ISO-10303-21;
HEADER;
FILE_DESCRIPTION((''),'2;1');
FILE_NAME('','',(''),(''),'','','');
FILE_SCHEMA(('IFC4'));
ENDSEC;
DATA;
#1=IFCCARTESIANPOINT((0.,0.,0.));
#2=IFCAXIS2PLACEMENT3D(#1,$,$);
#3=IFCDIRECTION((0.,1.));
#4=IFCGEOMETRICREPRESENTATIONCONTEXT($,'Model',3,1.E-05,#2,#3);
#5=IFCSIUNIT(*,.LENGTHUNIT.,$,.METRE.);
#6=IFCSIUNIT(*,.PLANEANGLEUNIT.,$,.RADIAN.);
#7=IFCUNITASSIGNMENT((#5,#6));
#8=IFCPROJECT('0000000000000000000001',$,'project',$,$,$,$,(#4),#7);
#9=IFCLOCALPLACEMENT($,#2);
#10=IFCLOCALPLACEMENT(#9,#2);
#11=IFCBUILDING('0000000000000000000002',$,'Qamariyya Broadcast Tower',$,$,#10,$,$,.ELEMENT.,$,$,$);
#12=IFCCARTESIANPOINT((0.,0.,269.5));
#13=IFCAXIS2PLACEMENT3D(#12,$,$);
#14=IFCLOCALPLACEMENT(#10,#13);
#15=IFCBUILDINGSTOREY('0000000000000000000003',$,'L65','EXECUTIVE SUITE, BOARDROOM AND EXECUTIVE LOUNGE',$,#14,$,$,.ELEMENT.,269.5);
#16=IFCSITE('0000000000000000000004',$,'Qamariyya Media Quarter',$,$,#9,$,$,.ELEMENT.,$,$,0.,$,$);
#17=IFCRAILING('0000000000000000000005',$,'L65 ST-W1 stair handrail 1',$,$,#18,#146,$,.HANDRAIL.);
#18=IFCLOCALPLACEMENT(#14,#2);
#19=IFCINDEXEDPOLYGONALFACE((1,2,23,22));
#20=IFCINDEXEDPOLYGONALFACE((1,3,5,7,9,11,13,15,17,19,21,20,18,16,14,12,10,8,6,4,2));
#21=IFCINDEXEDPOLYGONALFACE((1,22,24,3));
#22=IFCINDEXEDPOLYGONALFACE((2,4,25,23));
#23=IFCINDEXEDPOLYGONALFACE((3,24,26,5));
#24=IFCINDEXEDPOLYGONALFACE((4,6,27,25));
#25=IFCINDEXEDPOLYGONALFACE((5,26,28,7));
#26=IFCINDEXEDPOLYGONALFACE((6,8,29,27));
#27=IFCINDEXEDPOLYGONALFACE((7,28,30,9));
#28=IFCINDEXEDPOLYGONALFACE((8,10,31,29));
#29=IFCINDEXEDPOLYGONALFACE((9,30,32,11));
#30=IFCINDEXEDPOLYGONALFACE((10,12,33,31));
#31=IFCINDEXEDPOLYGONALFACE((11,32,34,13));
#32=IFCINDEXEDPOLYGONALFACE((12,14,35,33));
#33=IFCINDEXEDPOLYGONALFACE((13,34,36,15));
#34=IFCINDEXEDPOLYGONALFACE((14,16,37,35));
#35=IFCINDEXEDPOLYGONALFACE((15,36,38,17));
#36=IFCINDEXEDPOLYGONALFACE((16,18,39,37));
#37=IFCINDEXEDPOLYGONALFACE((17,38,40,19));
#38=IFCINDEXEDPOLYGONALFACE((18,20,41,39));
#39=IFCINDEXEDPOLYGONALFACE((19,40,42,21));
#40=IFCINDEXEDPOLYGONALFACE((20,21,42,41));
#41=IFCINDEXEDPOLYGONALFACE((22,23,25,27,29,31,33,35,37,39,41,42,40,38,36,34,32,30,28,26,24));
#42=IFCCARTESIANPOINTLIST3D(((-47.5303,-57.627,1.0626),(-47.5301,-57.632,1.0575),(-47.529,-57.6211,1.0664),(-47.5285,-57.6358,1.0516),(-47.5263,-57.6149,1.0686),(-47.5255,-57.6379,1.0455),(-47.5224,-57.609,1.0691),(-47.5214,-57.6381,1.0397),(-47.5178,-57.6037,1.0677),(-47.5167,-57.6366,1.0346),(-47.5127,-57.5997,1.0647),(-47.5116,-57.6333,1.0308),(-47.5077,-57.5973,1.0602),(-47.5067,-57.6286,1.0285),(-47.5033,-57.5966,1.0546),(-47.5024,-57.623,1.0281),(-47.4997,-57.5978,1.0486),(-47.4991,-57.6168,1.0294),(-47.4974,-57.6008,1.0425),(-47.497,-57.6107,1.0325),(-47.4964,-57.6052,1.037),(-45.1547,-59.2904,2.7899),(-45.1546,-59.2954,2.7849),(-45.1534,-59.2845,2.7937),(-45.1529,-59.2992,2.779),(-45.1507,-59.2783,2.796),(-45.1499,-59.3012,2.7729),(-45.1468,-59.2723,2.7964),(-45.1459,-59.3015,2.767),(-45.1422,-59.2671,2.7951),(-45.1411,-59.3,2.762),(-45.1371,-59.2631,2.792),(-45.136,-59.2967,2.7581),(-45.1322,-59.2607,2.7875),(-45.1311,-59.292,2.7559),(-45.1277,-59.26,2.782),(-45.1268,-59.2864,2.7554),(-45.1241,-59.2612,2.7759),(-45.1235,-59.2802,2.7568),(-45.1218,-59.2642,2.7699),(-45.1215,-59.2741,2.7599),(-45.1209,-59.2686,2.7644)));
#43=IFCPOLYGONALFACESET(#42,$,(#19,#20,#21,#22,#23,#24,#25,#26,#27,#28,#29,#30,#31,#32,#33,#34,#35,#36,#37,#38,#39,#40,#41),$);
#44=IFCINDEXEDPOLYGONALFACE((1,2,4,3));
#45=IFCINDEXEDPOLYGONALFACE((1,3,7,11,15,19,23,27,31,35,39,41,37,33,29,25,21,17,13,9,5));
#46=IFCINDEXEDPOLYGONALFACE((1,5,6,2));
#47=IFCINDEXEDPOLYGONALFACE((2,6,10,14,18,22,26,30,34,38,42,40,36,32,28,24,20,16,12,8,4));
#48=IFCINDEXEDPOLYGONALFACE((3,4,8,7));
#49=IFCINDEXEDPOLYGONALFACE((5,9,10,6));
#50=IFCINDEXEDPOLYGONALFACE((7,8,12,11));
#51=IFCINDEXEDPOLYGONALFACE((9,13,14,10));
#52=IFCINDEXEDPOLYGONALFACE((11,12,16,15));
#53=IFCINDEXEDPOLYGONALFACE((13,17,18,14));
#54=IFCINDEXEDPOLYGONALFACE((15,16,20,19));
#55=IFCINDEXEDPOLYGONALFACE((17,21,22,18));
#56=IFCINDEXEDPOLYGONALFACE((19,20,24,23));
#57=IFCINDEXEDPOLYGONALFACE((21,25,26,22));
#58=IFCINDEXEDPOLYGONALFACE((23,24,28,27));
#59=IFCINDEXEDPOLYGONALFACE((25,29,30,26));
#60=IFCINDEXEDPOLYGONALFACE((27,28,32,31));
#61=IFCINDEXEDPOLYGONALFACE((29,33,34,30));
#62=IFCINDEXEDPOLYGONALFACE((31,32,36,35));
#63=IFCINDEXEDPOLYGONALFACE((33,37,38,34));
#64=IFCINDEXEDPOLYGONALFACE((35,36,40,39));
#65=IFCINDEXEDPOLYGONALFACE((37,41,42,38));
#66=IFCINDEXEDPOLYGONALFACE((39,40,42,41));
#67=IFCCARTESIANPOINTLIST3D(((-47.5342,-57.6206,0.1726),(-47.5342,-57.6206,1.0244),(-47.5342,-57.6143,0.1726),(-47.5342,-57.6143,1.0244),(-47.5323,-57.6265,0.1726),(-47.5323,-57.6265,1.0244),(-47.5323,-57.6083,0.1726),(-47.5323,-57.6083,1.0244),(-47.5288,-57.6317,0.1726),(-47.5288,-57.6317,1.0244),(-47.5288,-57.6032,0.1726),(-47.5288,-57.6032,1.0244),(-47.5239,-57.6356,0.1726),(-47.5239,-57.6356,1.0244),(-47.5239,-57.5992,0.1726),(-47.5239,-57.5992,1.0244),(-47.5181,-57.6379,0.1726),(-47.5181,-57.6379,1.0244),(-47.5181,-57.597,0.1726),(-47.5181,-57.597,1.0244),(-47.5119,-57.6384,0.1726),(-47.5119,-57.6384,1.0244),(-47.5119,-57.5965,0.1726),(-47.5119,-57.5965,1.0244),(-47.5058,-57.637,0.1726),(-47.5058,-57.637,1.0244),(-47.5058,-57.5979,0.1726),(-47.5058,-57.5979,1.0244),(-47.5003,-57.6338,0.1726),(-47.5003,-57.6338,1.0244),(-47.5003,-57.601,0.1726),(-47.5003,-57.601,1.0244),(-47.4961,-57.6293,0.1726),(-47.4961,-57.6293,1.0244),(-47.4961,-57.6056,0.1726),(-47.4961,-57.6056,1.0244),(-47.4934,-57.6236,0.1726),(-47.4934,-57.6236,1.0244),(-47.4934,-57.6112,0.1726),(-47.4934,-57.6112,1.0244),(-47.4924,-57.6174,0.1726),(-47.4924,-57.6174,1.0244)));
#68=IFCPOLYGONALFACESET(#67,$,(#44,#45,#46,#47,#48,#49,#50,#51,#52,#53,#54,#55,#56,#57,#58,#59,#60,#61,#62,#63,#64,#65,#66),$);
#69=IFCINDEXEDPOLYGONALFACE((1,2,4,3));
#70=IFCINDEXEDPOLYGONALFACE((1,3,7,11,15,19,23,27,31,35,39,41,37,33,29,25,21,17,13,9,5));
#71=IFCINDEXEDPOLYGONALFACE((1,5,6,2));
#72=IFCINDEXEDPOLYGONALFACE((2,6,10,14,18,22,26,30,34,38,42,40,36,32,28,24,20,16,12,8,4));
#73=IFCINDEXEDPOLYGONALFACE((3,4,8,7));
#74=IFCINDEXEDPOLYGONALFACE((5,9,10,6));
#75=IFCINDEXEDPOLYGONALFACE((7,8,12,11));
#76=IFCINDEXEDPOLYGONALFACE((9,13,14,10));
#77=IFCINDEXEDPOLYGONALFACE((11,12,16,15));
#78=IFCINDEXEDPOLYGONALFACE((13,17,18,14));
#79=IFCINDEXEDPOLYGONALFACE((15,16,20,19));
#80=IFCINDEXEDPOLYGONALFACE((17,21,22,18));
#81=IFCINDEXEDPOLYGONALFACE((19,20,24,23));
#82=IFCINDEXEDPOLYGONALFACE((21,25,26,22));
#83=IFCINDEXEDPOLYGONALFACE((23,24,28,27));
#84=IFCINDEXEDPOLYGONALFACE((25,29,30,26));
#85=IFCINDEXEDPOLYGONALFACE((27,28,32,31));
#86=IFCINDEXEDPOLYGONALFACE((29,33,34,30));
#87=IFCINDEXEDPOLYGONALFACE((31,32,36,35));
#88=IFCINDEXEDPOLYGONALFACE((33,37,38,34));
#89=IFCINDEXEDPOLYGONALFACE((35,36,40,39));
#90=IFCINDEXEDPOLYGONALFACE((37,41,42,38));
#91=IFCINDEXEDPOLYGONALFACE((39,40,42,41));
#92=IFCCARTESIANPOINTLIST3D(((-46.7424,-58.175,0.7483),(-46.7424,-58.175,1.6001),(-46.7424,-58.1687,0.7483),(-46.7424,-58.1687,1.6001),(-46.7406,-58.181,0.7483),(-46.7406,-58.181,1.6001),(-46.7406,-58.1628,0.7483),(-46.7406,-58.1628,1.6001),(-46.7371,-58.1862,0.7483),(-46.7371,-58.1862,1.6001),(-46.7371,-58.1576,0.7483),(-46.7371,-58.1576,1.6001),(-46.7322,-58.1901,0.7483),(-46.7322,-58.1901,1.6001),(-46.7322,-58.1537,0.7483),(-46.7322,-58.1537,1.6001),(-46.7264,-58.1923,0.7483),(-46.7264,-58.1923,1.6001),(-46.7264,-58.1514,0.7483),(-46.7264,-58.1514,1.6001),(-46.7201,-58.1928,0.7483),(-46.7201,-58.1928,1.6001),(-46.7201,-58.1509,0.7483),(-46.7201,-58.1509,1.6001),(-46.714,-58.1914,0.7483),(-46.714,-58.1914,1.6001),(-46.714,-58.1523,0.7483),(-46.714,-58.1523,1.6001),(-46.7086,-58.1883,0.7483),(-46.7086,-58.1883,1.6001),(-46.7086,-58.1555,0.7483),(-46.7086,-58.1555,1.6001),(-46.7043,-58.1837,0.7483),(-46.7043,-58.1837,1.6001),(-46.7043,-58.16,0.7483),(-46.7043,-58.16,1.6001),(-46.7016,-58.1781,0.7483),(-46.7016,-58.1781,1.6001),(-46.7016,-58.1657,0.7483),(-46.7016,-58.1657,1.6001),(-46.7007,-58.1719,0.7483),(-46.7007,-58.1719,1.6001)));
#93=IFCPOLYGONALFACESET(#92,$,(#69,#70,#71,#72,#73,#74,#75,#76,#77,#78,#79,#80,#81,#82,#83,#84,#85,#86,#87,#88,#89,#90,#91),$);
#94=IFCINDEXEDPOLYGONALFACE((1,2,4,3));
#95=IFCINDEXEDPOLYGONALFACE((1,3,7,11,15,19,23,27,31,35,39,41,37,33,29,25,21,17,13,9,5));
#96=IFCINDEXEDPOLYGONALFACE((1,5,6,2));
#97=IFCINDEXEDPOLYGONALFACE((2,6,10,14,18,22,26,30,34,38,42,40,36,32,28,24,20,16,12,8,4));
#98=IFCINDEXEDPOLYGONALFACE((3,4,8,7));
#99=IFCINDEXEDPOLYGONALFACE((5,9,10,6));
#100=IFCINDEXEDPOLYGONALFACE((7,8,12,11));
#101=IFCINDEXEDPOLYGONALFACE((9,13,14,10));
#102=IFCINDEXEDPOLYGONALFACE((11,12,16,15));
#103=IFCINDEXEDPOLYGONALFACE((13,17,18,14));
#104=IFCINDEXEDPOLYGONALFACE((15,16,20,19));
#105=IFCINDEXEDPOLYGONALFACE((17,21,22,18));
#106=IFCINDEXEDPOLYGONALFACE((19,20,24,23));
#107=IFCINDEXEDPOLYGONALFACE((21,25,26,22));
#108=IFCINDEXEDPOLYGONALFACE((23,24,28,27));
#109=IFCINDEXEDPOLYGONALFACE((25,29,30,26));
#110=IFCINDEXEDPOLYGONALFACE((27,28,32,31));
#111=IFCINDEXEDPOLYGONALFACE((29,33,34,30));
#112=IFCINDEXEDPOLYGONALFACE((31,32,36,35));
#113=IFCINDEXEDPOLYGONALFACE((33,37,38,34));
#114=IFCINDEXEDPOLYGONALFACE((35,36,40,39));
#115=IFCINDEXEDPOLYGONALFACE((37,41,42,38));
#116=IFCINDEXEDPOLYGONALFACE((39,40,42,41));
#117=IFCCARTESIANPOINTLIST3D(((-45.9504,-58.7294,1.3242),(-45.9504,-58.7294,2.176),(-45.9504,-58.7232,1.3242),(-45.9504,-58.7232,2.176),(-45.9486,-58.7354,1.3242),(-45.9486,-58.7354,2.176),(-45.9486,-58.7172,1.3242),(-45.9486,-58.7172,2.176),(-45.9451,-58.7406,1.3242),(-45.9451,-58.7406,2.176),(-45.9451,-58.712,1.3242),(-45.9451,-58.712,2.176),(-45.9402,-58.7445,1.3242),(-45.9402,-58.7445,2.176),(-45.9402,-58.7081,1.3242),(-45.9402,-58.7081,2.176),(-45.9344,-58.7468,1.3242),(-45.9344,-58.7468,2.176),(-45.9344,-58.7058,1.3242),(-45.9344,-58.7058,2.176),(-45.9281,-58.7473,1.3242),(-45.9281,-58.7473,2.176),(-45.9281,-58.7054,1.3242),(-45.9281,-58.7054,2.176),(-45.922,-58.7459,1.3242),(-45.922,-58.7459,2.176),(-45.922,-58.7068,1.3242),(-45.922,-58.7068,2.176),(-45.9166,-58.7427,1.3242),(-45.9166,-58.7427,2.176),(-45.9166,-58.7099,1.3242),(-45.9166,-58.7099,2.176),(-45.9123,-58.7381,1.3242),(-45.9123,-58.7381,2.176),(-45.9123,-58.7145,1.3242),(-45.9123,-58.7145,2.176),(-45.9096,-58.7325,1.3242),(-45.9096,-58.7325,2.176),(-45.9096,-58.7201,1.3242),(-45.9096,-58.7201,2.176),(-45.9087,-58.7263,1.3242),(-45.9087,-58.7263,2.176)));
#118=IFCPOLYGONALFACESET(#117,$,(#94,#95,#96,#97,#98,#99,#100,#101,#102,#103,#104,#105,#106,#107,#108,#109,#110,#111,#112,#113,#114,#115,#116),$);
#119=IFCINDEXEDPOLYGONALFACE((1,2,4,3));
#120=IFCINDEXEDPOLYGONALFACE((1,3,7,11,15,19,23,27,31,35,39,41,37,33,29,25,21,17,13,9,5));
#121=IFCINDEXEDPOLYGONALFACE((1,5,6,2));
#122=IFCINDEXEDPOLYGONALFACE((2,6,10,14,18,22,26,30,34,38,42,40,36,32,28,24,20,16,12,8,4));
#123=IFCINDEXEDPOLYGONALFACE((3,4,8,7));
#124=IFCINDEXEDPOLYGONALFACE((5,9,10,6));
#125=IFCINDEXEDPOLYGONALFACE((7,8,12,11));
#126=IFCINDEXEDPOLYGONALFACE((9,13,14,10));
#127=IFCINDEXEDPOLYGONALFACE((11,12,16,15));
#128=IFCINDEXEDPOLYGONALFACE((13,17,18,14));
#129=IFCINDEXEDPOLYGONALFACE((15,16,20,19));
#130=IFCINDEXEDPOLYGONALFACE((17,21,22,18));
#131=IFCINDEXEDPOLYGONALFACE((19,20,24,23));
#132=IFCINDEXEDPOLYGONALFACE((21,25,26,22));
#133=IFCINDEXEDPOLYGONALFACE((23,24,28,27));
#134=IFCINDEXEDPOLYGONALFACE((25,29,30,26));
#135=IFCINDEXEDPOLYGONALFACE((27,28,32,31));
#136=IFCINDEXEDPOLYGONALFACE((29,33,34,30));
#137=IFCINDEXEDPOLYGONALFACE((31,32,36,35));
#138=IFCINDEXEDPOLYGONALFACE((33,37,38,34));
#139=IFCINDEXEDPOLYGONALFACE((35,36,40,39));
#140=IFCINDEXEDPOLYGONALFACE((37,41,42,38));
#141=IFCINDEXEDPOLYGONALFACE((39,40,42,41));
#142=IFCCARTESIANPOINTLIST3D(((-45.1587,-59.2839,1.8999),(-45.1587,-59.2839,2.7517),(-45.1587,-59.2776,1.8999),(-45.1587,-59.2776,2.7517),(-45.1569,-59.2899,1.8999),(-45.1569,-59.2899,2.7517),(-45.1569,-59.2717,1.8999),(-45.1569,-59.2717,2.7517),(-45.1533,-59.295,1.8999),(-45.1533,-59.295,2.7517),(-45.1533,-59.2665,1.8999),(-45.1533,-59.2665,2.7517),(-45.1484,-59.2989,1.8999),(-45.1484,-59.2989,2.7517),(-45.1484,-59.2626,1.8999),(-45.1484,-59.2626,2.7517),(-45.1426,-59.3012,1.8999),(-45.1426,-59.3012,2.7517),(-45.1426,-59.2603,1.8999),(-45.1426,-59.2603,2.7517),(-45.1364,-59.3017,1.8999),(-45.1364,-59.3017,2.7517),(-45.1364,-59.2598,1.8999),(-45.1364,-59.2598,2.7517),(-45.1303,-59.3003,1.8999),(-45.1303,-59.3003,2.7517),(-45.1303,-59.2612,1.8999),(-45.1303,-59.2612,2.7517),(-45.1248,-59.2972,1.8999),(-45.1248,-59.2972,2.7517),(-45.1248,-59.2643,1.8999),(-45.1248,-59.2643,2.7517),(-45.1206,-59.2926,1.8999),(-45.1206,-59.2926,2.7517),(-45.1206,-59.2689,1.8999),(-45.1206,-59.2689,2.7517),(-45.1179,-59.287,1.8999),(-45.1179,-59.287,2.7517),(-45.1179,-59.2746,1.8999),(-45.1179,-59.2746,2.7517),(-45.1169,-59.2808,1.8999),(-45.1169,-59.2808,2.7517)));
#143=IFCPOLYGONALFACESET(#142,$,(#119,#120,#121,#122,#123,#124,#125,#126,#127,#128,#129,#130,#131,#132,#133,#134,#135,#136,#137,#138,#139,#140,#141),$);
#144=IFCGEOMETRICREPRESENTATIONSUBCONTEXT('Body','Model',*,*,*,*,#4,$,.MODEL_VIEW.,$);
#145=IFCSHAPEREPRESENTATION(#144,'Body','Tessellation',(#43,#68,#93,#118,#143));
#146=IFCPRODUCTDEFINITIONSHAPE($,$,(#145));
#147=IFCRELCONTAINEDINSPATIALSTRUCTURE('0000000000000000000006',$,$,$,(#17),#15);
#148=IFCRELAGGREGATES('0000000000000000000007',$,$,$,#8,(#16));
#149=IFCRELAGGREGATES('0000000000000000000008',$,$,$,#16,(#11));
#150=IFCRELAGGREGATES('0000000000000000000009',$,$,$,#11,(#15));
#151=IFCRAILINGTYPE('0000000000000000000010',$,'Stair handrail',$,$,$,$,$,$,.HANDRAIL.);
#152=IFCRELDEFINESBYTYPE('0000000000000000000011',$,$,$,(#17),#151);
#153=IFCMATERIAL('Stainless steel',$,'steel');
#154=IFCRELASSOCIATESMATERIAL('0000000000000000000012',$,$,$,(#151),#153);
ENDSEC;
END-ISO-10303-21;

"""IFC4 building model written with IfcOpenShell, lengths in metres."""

from ifc_helpers import new_model, si_unit, direction, frame, origin, origin_2d, place, context, subcontext, project, spatial, circle, extrude, material, type_object, element, save


model = new_model("IFC4")

# Units and contexts
model_context = context("Model", 3, precision=1e-05, world=origin(), true_north=direction((0.0, 1.0)))
body_context = subcontext(model_context, "Body", "Model", "MODEL_VIEW")
ifc_project = project(units=[si_unit("LENGTHUNIT", "METRE"), si_unit("PLANEANGLEUNIT", "RADIAN")], contexts=[model_context])

# Site, building, storey
site_placement = place(None, origin())
site = spatial("IfcSite", under=ifc_project, at=site_placement, Name="Qamariyya Media Quarter", CompositionType="ELEMENT", RefElevation=0.0)
building_placement = place(site_placement, origin())
building = spatial("IfcBuilding", under=site, at=building_placement, Name="Qamariyya Broadcast Tower", CompositionType="ELEMENT")
storey_placement = place(building_placement, frame((0.0, 0.0, 269.5)))
storey = spatial("IfcBuildingStorey", under=building, at=storey_placement, Name="L65", Description="EXECUTIVE SUITE, BOARDROOM AND EXECUTIVE LOUNGE", CompositionType="ELEMENT", Elevation=269.5)

# Railing
ifc_material_1 = material(Name="Stainless steel", Category="steel")
railing_type_1 = type_object("IfcRailingType", Name="Stair handrail", PredefinedType="HANDRAIL", material=ifc_material_1)
railing_1_placement = place(storey_placement, frame((-47.5134, -57.6174, 0.1726)))
element("IfcRailing", 1, at=railing_1_placement, inside=storey, type_object=railing_type_1, Name="L65 ST-W1 stair handrail 1", PredefinedType="HANDRAIL", context=body_context, shape_type="SweptSolid", body=[
    extrude(circle(Radius=0.0239, at=origin_2d()), frame((0.0, 0.0, 0.876), z_axis=(0.70377, -0.492784, 0.511734), x_axis=(0.573575, 0.819153, 0.0)), (0.0, 0.0, 1.0), 3.3755),
    extrude(circle(Radius=0.021, at=origin_2d()), origin(), (0.0, 0.0, 1.0), 0.8518),
    extrude(circle(Radius=0.021, at=origin_2d()), frame((0.7917, -0.5544, 0.5757)), (0.0, 0.0, 1.0), 0.8518),
    extrude(circle(Radius=0.021, at=origin_2d()), frame((1.5837, -1.1089, 1.1516)), (0.0, 0.0, 1.0), 0.8518),
    extrude(circle(Radius=0.021, at=origin_2d()), frame((2.3755, -1.6633, 1.7273)), (0.0, 0.0, 1.0), 0.8518),
])

save(model, "model.ifc")
